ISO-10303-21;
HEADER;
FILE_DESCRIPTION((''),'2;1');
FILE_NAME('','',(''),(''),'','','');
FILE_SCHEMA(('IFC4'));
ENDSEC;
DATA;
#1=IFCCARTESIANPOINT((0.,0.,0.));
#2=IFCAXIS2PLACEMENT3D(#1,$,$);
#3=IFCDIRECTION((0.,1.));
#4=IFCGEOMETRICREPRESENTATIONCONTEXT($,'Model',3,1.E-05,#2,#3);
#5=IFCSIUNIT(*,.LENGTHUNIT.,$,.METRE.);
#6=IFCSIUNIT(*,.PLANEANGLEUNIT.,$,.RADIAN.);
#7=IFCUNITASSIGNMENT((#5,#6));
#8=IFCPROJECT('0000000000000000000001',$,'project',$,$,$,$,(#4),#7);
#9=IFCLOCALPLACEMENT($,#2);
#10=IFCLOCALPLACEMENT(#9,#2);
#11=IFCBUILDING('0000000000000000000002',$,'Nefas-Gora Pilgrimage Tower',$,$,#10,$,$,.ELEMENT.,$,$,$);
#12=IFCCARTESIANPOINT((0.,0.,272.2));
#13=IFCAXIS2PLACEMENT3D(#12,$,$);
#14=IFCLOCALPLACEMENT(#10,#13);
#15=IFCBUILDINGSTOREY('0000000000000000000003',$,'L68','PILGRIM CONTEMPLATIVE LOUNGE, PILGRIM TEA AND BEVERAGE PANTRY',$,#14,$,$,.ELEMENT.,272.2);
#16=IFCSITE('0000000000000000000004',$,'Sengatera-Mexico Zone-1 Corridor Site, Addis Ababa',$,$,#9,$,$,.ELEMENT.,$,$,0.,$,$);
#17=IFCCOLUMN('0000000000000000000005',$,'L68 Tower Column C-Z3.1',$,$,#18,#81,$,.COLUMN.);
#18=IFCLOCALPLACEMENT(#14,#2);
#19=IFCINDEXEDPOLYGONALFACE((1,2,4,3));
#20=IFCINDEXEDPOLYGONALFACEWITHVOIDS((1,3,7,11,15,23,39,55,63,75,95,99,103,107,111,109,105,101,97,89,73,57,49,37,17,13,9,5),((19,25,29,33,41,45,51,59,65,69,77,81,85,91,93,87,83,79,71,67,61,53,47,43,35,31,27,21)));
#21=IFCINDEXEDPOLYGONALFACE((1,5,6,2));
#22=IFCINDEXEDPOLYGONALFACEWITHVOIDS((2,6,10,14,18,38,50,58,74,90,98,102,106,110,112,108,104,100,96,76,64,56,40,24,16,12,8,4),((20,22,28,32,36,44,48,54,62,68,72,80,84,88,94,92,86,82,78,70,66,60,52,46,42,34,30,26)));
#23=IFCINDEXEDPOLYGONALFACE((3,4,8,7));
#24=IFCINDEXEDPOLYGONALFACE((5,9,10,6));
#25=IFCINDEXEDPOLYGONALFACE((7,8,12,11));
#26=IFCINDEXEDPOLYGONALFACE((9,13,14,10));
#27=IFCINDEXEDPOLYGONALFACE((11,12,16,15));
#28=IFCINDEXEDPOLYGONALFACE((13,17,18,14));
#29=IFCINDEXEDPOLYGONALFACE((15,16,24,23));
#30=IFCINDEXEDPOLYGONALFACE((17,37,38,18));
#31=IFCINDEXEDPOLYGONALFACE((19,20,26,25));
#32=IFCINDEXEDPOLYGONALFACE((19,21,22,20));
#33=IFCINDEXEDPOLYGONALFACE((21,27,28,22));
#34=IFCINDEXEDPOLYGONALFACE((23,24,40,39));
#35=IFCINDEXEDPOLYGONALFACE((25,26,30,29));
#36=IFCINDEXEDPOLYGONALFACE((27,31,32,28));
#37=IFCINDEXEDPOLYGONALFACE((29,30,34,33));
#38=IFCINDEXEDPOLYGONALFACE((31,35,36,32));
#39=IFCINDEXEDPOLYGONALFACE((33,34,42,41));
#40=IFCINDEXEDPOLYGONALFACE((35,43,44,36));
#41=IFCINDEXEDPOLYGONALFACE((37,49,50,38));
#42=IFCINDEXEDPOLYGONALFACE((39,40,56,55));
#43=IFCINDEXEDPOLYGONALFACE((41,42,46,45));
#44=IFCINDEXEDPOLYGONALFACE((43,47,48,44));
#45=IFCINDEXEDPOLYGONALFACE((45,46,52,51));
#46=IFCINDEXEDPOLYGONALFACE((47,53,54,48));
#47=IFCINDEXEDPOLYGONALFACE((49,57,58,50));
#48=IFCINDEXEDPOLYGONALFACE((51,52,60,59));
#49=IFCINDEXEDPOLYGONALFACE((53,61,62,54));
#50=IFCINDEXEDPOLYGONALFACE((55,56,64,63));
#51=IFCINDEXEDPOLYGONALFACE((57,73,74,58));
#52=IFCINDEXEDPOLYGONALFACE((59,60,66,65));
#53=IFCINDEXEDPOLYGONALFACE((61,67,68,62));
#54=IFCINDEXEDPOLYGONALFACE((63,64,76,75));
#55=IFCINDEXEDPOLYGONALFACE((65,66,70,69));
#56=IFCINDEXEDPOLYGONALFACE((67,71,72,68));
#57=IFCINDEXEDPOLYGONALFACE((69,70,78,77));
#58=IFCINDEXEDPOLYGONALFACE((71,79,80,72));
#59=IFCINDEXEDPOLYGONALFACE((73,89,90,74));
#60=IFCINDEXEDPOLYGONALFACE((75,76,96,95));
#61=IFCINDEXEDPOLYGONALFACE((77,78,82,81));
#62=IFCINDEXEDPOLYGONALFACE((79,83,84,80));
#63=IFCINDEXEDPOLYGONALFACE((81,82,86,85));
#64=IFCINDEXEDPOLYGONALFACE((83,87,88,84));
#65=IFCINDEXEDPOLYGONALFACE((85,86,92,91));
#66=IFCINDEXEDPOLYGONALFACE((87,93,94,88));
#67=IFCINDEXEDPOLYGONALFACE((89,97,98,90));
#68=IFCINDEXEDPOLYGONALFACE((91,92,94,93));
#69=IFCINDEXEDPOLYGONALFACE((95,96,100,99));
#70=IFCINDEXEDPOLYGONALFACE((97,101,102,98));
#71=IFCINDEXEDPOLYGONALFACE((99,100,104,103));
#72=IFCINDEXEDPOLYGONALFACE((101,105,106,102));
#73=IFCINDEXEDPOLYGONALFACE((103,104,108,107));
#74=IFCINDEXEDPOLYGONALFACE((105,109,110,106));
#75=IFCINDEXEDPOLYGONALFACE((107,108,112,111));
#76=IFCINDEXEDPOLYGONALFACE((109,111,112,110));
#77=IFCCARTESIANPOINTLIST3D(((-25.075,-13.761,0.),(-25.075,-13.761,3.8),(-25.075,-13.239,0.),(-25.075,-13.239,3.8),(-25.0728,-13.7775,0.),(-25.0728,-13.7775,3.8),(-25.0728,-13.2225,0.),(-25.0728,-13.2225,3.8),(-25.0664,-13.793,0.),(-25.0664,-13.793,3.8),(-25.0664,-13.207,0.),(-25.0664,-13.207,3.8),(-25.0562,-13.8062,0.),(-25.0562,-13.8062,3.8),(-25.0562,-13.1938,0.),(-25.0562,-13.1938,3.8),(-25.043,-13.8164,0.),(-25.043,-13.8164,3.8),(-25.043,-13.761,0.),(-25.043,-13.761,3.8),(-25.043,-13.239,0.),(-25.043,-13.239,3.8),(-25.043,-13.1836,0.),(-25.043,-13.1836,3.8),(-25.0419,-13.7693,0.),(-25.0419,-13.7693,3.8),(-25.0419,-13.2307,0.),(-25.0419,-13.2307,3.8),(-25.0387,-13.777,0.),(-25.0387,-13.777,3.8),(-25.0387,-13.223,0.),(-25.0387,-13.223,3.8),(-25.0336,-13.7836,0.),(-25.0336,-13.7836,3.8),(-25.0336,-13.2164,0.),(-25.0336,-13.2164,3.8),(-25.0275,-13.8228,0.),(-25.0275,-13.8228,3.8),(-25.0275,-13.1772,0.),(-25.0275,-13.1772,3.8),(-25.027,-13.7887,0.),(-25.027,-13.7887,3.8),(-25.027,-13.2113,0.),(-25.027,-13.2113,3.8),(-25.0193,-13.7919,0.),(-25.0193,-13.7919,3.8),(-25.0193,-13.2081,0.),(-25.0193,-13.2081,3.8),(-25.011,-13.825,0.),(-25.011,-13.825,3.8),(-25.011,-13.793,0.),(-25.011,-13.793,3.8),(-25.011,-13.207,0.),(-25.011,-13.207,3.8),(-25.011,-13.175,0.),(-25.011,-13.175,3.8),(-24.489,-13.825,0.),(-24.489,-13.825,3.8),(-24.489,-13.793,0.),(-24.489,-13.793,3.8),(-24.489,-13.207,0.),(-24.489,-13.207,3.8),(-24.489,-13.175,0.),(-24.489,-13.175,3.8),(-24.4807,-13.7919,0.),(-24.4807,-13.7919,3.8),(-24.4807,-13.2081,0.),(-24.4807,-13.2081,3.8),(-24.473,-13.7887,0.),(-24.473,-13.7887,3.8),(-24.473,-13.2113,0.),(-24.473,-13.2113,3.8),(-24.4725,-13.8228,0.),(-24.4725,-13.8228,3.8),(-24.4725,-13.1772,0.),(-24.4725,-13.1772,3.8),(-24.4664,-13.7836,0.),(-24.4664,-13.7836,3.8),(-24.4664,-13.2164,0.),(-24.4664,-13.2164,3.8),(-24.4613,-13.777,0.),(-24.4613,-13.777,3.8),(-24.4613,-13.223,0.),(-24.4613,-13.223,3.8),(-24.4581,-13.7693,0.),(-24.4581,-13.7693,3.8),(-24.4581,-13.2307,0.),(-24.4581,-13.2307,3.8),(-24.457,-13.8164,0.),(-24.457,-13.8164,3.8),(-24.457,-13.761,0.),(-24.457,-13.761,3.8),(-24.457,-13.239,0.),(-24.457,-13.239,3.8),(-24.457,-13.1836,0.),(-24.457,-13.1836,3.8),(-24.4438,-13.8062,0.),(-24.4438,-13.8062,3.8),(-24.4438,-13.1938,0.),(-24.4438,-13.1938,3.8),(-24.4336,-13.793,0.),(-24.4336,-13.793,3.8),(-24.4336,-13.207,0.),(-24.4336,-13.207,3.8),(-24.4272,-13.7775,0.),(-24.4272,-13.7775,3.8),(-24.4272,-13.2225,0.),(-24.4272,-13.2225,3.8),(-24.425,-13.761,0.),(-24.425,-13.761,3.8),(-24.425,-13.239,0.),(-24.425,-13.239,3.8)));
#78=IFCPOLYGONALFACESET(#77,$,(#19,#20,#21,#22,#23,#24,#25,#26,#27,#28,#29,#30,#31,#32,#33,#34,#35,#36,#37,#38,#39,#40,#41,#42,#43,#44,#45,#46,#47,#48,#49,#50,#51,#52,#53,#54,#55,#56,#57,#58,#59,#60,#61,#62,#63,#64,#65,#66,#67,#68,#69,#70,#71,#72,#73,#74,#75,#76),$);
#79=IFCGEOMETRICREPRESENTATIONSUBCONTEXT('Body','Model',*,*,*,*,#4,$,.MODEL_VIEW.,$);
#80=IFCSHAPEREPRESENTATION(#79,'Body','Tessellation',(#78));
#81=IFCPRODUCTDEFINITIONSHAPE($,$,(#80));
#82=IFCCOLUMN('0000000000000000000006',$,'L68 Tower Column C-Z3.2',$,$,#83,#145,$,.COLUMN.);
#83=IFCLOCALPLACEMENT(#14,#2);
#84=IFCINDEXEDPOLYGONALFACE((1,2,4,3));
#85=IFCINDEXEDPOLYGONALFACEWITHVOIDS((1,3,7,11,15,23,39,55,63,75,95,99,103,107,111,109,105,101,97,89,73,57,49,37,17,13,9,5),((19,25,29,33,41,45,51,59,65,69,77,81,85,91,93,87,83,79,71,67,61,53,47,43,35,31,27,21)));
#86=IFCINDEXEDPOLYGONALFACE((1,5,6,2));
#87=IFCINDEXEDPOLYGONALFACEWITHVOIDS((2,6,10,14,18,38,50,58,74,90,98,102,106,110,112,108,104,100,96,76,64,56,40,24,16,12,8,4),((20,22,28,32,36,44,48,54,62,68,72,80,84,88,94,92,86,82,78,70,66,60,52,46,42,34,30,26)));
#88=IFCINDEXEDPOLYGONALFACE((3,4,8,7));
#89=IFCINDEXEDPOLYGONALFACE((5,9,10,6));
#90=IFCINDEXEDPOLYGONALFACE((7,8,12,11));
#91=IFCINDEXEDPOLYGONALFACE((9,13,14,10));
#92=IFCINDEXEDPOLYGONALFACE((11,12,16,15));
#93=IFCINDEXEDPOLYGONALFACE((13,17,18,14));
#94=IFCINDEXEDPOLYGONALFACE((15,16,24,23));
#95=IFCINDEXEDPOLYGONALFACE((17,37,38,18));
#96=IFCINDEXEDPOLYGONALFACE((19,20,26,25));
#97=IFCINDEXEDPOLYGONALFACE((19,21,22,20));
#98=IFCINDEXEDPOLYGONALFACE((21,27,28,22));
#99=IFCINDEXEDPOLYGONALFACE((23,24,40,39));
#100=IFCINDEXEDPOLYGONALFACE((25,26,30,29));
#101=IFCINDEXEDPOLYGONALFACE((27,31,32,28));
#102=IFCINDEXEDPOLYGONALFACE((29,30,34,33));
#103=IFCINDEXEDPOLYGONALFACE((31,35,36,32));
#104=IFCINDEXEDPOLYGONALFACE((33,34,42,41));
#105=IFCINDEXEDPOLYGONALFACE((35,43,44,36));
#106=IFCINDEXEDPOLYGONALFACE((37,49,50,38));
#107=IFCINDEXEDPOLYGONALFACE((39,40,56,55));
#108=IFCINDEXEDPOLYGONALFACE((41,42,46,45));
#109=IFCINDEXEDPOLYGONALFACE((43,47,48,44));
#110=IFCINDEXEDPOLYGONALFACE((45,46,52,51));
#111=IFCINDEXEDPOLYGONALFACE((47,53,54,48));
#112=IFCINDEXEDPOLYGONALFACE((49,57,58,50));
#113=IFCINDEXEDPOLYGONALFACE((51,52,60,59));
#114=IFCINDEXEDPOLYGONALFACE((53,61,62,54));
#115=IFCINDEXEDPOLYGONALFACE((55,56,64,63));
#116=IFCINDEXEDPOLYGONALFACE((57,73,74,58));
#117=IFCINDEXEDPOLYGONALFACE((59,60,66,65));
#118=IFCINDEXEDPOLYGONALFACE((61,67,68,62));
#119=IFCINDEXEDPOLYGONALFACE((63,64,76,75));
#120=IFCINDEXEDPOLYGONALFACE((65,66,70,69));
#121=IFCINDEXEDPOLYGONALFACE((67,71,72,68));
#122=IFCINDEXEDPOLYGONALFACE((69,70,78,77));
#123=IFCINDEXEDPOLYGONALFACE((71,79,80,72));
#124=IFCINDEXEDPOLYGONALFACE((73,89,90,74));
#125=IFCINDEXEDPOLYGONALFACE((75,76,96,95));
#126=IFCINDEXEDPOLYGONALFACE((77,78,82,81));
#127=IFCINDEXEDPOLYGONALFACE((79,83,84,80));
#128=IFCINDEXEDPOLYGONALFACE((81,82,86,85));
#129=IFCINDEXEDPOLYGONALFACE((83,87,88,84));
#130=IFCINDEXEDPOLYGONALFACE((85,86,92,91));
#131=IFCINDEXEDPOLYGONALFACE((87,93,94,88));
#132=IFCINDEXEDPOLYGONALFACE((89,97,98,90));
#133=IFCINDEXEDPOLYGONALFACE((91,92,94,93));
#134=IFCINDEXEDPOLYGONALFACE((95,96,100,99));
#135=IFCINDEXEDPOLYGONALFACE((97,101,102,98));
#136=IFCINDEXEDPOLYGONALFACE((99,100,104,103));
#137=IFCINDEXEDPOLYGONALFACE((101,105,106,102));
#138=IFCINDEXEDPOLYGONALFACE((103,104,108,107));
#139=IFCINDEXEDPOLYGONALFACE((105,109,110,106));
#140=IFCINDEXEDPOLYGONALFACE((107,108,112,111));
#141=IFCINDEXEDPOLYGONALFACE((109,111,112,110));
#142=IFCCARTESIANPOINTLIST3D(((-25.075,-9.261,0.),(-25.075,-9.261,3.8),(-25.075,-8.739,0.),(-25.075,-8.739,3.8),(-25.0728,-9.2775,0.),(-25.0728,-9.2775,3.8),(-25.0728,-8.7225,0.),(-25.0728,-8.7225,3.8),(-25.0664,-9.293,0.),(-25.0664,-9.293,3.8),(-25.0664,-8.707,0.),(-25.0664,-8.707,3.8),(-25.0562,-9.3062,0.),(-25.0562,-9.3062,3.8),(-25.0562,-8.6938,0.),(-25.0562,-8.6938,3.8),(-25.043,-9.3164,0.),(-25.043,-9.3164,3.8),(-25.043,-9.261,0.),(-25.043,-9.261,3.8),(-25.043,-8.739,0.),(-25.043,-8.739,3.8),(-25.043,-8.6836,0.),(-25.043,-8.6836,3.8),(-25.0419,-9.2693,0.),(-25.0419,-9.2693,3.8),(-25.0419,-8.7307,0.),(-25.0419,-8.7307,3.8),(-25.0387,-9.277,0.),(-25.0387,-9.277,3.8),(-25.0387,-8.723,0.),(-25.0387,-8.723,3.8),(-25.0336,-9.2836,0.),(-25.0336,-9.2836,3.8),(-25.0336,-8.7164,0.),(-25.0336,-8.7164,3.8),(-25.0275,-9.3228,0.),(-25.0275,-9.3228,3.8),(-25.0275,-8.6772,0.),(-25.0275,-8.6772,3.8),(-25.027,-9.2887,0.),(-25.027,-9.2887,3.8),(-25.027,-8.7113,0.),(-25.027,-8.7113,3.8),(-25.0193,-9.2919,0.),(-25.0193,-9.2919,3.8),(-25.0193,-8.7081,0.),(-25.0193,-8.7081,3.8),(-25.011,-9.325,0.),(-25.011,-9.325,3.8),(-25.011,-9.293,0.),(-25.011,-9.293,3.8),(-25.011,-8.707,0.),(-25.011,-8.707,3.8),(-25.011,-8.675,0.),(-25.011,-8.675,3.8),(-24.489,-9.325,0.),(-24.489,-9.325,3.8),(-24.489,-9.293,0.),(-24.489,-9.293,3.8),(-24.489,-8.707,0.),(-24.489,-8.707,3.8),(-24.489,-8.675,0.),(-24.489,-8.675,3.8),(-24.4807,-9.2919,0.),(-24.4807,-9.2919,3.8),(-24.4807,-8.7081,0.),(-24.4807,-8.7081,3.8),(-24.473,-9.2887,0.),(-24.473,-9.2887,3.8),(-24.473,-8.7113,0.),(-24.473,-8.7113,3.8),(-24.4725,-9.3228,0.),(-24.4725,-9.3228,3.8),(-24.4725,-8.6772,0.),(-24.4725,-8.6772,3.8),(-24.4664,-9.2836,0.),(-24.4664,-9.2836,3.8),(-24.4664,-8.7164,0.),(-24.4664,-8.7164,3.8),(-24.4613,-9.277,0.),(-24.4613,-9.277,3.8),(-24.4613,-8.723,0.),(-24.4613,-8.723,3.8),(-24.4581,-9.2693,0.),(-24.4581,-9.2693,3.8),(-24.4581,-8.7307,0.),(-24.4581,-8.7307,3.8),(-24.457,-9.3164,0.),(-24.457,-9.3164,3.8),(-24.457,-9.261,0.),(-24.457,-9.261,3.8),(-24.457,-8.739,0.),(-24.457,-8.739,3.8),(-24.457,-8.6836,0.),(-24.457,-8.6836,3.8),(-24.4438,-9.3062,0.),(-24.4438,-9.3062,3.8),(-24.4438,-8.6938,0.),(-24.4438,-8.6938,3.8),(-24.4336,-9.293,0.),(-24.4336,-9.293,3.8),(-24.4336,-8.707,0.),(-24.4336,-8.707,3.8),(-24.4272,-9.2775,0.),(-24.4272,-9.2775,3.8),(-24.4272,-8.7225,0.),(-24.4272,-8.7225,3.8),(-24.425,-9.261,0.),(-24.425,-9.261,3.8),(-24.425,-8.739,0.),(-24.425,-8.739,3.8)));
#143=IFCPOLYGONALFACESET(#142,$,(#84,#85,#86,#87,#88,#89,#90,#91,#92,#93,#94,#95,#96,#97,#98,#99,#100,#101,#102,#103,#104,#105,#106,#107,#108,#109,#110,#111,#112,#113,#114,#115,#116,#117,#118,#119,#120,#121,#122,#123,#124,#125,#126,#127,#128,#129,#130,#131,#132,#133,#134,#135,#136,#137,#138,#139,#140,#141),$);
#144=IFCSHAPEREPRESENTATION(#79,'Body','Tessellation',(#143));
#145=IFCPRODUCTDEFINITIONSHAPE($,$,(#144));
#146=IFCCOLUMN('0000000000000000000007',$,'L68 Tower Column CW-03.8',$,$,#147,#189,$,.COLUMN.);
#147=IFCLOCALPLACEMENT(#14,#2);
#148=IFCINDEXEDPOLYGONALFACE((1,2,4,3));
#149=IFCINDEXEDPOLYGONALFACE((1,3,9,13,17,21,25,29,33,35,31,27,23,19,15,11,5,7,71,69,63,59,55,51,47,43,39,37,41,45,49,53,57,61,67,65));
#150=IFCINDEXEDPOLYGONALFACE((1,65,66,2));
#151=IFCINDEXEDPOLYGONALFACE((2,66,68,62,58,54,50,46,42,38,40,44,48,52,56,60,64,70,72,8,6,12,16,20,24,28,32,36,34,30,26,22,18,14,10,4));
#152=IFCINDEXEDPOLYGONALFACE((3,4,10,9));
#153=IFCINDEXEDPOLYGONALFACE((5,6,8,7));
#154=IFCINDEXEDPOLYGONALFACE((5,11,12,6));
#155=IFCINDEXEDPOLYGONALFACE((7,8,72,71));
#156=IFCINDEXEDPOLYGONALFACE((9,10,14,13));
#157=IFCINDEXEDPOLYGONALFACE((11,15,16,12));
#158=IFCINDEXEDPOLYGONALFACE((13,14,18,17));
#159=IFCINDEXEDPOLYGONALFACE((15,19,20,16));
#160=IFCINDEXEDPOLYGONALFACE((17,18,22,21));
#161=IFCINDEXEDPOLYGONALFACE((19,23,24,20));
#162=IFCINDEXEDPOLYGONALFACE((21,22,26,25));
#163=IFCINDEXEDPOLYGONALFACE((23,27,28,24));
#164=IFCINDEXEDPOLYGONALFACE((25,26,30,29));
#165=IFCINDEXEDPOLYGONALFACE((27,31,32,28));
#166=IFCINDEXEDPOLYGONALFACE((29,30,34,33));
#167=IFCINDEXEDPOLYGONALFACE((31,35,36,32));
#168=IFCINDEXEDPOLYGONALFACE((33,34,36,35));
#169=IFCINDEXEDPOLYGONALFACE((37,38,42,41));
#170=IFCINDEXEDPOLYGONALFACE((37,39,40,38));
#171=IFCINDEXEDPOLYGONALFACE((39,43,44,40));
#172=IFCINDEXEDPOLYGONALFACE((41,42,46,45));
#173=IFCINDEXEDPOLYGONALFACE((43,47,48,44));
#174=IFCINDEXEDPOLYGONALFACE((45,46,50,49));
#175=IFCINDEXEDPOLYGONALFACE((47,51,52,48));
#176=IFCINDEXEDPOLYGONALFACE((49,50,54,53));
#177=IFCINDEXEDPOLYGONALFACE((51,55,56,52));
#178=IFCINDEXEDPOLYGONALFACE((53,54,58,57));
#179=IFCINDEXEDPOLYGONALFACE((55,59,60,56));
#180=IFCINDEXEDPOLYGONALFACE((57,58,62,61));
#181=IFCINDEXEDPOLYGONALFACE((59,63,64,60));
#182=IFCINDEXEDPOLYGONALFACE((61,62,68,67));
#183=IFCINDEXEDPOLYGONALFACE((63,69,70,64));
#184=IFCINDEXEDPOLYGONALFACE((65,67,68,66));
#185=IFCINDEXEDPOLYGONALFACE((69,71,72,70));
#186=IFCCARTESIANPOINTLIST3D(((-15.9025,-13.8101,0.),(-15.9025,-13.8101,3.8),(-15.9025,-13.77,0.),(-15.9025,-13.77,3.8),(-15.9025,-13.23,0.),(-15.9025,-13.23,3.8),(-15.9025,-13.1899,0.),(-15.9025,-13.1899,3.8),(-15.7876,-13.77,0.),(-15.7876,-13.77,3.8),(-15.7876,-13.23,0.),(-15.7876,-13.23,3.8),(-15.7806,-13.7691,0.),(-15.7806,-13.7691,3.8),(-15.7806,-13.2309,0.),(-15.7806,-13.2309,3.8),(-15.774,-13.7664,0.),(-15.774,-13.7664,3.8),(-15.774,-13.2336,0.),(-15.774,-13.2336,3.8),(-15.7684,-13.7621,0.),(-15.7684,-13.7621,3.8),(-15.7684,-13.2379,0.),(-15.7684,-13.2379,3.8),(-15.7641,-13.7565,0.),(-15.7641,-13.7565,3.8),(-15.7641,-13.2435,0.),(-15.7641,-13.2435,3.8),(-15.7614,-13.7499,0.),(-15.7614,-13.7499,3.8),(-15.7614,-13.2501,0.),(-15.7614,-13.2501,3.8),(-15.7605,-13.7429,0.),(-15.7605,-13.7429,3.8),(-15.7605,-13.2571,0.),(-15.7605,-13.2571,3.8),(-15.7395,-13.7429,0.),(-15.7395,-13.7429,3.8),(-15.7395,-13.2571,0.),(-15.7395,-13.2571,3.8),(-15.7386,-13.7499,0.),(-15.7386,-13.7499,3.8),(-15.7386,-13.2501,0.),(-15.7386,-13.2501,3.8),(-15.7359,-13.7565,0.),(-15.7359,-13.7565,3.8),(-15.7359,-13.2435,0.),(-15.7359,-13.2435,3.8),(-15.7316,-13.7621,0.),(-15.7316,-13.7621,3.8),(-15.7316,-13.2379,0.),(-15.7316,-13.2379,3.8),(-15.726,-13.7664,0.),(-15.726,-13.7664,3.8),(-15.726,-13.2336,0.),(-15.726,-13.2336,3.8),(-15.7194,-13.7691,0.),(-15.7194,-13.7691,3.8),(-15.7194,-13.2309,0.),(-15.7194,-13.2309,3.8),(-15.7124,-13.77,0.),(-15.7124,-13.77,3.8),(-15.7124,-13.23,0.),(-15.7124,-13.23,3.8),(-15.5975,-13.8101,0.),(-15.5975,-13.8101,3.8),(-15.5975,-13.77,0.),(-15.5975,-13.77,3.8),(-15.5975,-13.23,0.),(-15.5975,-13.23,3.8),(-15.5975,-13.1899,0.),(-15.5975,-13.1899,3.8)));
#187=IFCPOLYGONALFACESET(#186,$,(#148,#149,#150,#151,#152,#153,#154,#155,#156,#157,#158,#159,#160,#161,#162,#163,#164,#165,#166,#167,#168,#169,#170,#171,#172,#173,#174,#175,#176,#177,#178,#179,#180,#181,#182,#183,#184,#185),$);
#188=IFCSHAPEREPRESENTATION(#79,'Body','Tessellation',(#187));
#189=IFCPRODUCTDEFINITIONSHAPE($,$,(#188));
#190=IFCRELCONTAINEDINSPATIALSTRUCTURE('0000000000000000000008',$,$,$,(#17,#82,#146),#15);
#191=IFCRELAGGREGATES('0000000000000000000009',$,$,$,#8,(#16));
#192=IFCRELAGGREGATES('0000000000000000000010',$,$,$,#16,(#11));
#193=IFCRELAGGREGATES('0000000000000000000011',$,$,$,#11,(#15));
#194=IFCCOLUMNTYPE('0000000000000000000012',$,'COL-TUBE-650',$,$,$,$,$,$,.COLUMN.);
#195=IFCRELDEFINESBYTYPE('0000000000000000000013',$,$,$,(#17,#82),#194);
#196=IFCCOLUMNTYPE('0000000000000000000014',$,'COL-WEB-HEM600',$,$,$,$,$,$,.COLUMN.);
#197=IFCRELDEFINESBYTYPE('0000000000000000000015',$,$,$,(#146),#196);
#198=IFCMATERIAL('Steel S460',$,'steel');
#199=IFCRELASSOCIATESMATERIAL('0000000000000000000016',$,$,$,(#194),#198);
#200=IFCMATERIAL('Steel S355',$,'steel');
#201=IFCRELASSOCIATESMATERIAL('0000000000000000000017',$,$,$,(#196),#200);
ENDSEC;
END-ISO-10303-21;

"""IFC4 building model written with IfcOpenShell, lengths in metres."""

from ifc_helpers import new_model, si_unit, direction, frame, origin, origin_2d, place, context, subcontext, project, spatial, hollow_rectangle, i_section, extrude, source, transform, mapped, material, material_profile, profile_set, type_object, element, save


model = new_model("IFC4")

# Units and contexts
model_context = context("Model", 3, precision=1e-05, world=origin(), true_north=direction((0.0, 1.0)))
body_context = subcontext(model_context, "Body", "Model", "MODEL_VIEW")
ifc_project = project(units=[si_unit("LENGTHUNIT", "METRE"), si_unit("PLANEANGLEUNIT", "RADIAN")], contexts=[model_context])

# Site, building, storey
site_placement = place(None, origin())
site = spatial("IfcSite", under=ifc_project, at=site_placement, Name="Sengatera-Mexico Zone-1 Corridor Site, Addis Ababa", CompositionType="ELEMENT", RefElevation=0.0)
building_placement = place(site_placement, origin())
building = spatial("IfcBuilding", under=site, at=building_placement, Name="Nefas-Gora Pilgrimage Tower", CompositionType="ELEMENT")
storey_placement = place(building_placement, frame((0.0, 0.0, 272.2)))
storey = spatial("IfcBuildingStorey", under=building, at=storey_placement, Name="L68", Description="PILGRIM CONTEMPLATIVE LOUNGE, PILGRIM TEA AND BEVERAGE PANTRY", CompositionType="ELEMENT", Elevation=272.2)

# Columns
ifc_material_1 = material(Name="Steel S460", Category="steel")
ifc_material_profile_1 = material_profile(ifc_material_1, hollow_rectangle(XDim=0.6499, YDim=0.6499, WallThickness=0.032, InnerFilletRadius=0.032, OuterFilletRadius=0.064, at=origin_2d()), Name="BOX 650x650x32")
ifc_profile_set_1 = profile_set([ifc_material_profile_1], Name="Steel S460")
column_type_1 = type_object("IfcColumnType", Name="COL-TUBE-650", PredefinedType="COLUMN", material=ifc_profile_set_1)
shared_shape_1 = source(origin(), body_context, "Body", "SweptSolid", [
    extrude(hollow_rectangle(XDim=0.6499, YDim=0.6499, WallThickness=0.032, InnerFilletRadius=0.032, OuterFilletRadius=0.064, at=origin_2d()), origin(), (0.0, 0.0, 1.0), 3.8),
])
for number, where, z_axis, x_axis, name in (
    (1, (-24.75, -13.5, 0.0), (0.0, 0.0, 1.0), (1.0, 0.0, 0.0), "L68 Tower Column C-Z3.1"),
    (2, (-24.75, -9.0, 0.0), (0.0, 0.0, 1.0), (1.0, 0.0, 0.0), "L68 Tower Column C-Z3.2"),
):
    element("IfcColumn", number, at=place(storey_placement, frame(where, z_axis=z_axis, x_axis=x_axis)), inside=storey, type_object=column_type_1, Name=name, PredefinedType="COLUMN", context=body_context, shape_type="MappedRepresentation", body=[
        mapped(shared_shape_1, transform((0.0, 0.0, 0.0), x_axis=(1.0, 0.0, 0.0), y_axis=(0.0, 1.0, 0.0), z_axis=(0.0, 0.0, 1.0), scale=1.0)),
    ])
ifc_material_2 = material(Name="Steel S355", Category="steel")
ifc_material_profile_2 = material_profile(ifc_material_2, i_section(OverallWidth=0.3049, OverallDepth=0.6201, WebThickness=0.021, FlangeThickness=0.04, FilletRadius=0.0271, at=origin_2d()), Name="HEM 600")
ifc_profile_set_2 = profile_set([ifc_material_profile_2], Name="Steel S355")
column_type_2 = type_object("IfcColumnType", Name="COL-WEB-HEM600", PredefinedType="COLUMN", material=ifc_profile_set_2)
shared_shape_2 = source(origin(), body_context, "Body", "SweptSolid", [
    extrude(i_section(OverallWidth=0.3049, OverallDepth=0.6201, WebThickness=0.021, FlangeThickness=0.04, FilletRadius=0.0271, at=origin_2d()), origin(), (0.0, 0.0, 1.0), 3.8),
])
for number, where, z_axis, x_axis, name in (
    (3, (-15.75, -13.5, 0.0), (0.0, 0.0, 1.0), (1.0, 0.0, 0.0), "L68 Tower Column CW-03.8"),
):
    element("IfcColumn", number, at=place(storey_placement, frame(where, z_axis=z_axis, x_axis=x_axis)), inside=storey, type_object=column_type_2, Name=name, PredefinedType="COLUMN", context=body_context, shape_type="MappedRepresentation", body=[
        mapped(shared_shape_2, transform((0.0, 0.0, 0.0), x_axis=(1.0, 0.0, 0.0), y_axis=(0.0, 1.0, 0.0), z_axis=(0.0, 0.0, 1.0), scale=1.0)),
    ])

save(model, "model.ifc")
